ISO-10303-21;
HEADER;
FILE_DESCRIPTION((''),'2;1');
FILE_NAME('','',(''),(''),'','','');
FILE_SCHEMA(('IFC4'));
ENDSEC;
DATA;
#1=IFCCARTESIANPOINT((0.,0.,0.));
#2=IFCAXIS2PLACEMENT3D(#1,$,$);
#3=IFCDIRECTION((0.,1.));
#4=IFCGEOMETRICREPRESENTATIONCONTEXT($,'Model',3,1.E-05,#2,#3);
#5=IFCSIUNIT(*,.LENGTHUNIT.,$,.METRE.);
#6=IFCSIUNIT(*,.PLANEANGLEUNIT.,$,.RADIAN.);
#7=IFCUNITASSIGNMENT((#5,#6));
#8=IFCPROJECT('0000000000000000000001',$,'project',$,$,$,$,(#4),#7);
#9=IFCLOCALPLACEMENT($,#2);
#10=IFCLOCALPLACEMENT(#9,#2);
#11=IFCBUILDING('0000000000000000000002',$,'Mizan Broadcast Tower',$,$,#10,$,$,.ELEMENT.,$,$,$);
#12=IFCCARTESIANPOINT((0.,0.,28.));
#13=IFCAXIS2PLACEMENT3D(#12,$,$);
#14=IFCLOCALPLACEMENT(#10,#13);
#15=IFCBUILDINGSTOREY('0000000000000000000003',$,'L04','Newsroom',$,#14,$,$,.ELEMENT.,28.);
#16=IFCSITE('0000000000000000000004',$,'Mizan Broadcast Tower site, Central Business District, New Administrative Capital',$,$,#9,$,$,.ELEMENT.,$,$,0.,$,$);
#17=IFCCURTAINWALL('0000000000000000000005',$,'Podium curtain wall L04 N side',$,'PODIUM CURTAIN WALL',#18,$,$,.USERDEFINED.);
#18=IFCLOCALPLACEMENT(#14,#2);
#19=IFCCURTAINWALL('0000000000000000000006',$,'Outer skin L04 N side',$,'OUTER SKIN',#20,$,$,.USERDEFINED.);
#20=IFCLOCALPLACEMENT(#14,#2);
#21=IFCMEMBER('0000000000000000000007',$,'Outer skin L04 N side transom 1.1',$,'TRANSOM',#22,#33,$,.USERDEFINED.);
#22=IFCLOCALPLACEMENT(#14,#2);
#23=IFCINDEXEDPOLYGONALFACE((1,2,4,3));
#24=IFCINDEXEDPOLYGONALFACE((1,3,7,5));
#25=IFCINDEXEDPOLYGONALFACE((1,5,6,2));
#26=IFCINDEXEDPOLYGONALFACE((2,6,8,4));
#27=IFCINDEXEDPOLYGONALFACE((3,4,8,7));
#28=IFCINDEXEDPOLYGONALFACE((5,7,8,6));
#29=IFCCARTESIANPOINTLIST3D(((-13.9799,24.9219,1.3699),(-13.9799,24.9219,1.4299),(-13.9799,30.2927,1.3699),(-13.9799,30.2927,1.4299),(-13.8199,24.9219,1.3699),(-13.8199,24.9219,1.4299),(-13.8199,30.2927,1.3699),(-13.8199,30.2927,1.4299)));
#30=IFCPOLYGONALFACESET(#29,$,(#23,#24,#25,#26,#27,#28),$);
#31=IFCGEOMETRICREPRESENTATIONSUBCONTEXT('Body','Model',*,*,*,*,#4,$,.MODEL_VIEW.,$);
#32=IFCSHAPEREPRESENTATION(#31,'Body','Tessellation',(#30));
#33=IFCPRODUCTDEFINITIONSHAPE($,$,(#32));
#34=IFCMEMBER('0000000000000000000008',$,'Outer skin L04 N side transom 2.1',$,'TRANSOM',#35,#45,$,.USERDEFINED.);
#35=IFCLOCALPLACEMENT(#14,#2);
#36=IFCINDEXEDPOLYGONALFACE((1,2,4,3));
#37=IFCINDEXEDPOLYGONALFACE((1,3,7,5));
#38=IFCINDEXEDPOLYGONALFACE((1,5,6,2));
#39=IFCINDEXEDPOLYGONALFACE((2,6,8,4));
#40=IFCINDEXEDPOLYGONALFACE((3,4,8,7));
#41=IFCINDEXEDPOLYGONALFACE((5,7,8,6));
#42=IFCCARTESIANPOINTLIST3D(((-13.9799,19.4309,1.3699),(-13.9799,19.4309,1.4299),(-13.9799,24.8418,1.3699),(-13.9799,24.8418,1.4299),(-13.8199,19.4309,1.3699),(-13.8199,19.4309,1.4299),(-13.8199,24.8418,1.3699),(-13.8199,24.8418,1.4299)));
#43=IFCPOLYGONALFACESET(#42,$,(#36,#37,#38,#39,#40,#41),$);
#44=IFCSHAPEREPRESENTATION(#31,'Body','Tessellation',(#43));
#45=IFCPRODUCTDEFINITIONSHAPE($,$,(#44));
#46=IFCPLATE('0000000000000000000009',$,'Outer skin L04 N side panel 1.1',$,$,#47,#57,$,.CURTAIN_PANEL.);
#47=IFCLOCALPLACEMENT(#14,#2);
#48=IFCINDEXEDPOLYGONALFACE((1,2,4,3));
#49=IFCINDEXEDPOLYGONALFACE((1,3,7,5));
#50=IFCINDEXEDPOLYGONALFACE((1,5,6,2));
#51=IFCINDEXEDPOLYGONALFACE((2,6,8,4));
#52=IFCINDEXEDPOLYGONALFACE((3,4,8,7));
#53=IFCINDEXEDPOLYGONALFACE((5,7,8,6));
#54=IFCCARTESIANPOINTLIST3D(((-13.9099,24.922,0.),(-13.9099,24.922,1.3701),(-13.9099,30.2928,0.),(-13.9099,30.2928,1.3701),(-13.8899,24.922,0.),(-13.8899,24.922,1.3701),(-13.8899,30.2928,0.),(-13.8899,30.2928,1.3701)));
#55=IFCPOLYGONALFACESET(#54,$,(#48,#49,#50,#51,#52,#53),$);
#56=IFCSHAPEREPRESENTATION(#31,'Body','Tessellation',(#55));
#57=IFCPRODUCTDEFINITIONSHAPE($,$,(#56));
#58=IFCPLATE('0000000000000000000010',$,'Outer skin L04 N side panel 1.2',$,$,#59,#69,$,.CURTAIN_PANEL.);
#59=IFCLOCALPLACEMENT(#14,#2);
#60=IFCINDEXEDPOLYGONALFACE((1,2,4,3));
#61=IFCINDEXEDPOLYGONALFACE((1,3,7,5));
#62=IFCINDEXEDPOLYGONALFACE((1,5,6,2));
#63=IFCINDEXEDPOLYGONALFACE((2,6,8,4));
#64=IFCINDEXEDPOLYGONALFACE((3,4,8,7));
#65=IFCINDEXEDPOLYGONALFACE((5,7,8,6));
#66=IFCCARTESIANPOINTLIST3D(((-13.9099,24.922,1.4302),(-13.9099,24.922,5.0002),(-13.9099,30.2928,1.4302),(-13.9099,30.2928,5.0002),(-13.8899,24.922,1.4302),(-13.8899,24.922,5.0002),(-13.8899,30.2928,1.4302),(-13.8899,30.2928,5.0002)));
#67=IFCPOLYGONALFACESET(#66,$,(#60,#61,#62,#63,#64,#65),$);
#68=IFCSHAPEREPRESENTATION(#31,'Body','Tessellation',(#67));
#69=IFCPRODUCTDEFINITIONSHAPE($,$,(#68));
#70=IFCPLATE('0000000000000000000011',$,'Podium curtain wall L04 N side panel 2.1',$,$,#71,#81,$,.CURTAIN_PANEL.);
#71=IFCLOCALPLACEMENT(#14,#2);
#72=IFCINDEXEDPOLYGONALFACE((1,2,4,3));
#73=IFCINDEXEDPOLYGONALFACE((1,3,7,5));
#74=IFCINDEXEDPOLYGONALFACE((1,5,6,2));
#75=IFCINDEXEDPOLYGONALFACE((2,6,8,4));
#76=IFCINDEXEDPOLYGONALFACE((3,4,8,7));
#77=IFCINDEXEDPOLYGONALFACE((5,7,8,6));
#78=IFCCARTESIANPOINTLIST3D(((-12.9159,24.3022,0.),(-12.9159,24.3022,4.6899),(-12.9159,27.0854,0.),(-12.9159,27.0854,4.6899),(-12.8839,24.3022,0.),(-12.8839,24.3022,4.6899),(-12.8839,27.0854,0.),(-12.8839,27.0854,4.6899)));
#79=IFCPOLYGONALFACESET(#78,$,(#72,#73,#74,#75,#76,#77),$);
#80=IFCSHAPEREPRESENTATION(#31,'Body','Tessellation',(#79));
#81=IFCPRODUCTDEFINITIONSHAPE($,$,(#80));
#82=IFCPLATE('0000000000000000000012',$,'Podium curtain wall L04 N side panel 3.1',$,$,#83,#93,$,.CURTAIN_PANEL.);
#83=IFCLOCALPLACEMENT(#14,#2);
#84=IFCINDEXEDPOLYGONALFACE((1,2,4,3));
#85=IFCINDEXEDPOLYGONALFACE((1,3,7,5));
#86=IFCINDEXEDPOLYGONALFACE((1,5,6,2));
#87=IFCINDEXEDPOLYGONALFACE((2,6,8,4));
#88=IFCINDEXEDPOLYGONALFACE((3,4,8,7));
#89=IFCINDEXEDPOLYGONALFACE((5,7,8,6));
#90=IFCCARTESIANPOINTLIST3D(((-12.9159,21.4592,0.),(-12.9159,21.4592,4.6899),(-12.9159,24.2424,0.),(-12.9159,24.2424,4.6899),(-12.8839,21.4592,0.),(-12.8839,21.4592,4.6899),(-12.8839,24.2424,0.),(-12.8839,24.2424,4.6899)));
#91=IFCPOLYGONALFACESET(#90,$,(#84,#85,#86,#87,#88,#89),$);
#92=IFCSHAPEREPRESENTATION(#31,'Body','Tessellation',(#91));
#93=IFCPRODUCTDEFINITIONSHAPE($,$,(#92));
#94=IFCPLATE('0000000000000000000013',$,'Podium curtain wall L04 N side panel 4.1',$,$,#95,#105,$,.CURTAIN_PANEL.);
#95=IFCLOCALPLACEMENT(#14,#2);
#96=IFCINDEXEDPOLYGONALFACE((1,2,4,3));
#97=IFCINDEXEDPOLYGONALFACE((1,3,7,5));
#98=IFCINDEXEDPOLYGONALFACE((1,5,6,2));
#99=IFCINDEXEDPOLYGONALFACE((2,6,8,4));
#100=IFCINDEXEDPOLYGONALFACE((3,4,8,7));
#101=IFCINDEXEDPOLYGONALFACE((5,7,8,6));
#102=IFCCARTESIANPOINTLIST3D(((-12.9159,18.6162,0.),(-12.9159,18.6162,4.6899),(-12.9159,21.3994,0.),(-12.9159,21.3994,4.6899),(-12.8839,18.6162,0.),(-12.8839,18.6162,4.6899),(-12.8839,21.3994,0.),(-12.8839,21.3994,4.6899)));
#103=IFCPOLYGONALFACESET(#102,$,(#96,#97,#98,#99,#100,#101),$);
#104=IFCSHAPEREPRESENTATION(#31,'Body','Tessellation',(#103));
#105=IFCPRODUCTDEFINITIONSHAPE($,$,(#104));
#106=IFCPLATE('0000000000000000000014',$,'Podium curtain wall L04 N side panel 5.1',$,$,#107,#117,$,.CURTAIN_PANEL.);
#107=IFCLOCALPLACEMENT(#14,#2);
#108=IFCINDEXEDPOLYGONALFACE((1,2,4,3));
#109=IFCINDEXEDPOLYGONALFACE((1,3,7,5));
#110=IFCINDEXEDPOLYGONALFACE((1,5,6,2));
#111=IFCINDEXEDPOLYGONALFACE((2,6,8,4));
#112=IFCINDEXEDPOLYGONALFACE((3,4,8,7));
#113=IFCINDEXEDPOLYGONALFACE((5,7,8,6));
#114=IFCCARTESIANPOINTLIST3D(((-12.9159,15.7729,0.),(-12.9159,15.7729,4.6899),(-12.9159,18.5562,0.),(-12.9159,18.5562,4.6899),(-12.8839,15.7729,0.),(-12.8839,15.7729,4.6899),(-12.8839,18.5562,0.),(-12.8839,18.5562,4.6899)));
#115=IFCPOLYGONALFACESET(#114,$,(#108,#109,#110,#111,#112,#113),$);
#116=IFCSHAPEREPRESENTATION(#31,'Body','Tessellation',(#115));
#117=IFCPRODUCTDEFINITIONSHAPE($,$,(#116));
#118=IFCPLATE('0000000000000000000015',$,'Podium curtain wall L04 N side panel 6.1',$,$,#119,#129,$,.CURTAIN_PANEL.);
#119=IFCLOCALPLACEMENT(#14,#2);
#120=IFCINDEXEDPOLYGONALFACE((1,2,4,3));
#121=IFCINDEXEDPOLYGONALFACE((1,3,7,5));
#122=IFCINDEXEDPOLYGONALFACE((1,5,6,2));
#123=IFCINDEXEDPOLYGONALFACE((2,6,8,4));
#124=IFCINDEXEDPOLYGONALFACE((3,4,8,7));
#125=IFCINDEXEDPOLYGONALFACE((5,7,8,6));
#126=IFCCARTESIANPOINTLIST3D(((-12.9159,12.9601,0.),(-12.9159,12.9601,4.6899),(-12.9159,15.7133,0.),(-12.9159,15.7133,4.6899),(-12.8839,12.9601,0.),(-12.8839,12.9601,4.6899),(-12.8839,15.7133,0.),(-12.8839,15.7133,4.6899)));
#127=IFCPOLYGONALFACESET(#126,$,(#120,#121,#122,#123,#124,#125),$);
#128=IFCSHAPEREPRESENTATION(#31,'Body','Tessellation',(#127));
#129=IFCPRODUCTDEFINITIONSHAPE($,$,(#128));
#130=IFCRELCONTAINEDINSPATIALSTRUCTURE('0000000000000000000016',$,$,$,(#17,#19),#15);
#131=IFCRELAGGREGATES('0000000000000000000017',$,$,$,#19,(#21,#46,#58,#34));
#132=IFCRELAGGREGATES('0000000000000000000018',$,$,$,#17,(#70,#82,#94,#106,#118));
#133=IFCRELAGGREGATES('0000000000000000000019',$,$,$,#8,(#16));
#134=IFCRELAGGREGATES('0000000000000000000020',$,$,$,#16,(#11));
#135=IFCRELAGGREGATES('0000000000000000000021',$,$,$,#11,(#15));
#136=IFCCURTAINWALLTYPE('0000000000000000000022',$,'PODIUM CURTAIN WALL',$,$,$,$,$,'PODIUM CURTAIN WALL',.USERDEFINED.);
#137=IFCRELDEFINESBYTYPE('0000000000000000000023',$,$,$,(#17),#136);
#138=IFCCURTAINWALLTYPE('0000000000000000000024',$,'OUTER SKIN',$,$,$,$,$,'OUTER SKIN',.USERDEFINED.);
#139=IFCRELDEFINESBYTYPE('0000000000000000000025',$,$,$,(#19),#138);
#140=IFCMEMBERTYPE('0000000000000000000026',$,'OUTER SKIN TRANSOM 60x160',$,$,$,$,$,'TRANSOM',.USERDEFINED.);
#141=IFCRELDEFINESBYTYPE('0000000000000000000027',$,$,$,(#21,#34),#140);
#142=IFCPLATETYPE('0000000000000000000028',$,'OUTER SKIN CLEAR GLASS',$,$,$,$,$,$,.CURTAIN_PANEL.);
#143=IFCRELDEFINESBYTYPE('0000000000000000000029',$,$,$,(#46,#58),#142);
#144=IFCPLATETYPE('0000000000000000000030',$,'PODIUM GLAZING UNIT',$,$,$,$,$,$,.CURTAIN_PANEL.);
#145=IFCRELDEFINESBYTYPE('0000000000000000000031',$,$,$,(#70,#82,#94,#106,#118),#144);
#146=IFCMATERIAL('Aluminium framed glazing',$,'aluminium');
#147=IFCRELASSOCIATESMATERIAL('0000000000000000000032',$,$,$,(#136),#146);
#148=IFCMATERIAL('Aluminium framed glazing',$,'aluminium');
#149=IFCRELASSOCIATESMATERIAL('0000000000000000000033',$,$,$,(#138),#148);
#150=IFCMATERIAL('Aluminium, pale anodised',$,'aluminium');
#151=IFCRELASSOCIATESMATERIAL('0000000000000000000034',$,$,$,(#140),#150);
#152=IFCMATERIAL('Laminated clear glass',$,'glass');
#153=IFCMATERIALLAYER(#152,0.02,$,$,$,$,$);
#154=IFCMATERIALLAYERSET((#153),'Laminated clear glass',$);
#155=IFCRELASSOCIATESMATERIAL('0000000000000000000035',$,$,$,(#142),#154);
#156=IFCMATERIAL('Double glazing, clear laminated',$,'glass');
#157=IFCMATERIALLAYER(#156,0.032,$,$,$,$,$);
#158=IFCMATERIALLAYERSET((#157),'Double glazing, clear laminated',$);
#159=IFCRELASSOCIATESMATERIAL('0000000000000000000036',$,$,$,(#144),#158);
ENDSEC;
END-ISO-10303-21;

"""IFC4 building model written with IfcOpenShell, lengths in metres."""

from ifc_helpers import new_model, si_unit, direction, frame, origin, origin_2d, place, context, subcontext, project, spatial, rectangle, extrude, material, layer, layer_set, material_profile, profile_set, type_object, element, aggregate, save


model = new_model("IFC4")

# Units and contexts
model_context = context("Model", 3, precision=1e-05, world=origin(), true_north=direction((0.0, 1.0)))
body_context = subcontext(model_context, "Body", "Model", "MODEL_VIEW")
ifc_project = project(units=[si_unit("LENGTHUNIT", "METRE"), si_unit("PLANEANGLEUNIT", "RADIAN")], contexts=[model_context])

# Site, building, storey
site_placement = place(None, origin())
site = spatial("IfcSite", under=ifc_project, at=site_placement, Name="Mizan Broadcast Tower site, Central Business District, New Administrative Capital", CompositionType="ELEMENT", RefElevation=0.0)
building_placement = place(site_placement, origin())
building = spatial("IfcBuilding", under=site, at=building_placement, Name="Mizan Broadcast Tower", CompositionType="ELEMENT")
storey_placement = place(building_placement, frame((0.0, 0.0, 28.0)))
storey = spatial("IfcBuildingStorey", under=building, at=storey_placement, Name="L04", Description="Newsroom", CompositionType="ELEMENT", Elevation=28.0)

# Curtain wall
ifc_material_1 = material(Name="Aluminium framed glazing", Category="aluminium")
curtain_wall_type_1 = type_object("IfcCurtainWallType", Name="PODIUM CURTAIN WALL", ElementType="PODIUM CURTAIN WALL", PredefinedType="USERDEFINED", material=ifc_material_1)
curtain_wall_1_placement = place(storey_placement, origin())
curtain_wall_1 = element("IfcCurtainWall", 1, at=curtain_wall_1_placement, inside=storey, type_object=curtain_wall_type_1, Name="Podium curtain wall L04 N side", ObjectType="PODIUM CURTAIN WALL", PredefinedType="USERDEFINED")

# Shared definitions
ifc_material_2 = material(Name="Aluminium framed glazing", Category="aluminium")
curtain_wall_type_2 = type_object("IfcCurtainWallType", Name="OUTER SKIN", ElementType="OUTER SKIN", PredefinedType="USERDEFINED", material=ifc_material_2)

# Curtain wall, members, plates
curtain_wall_2_placement = place(storey_placement, origin())
curtain_wall_2 = element("IfcCurtainWall", 2, at=curtain_wall_2_placement, inside=storey, type_object=curtain_wall_type_2, Name="Outer skin L04 N side", ObjectType="OUTER SKIN", PredefinedType="USERDEFINED")
ifc_material_3 = material(Name="Aluminium, pale anodised", Category="aluminium")
ifc_material_profile_1 = material_profile(ifc_material_3, rectangle(XDim=0.1599, YDim=0.0601, at=origin_2d()), Name="TRANSOM 160x60")
ifc_profile_set_1 = profile_set([ifc_material_profile_1], Name="Aluminium, pale anodised")
member_type_1 = type_object("IfcMemberType", Name="OUTER SKIN TRANSOM 60x160", ElementType="TRANSOM", PredefinedType="USERDEFINED", material=ifc_profile_set_1)
member_1_placement = place(storey_placement, frame((-13.8999, 30.2927, 1.3999), z_axis=(0.0, -1.0, 0.0), x_axis=(1.0, 0.0, 0.0)))
member_1 = element("IfcMember", 3, at=member_1_placement, type_object=member_type_1, Name="Outer skin L04 N side transom 1.1", ObjectType="TRANSOM", PredefinedType="USERDEFINED", context=body_context, shape_type="SweptSolid", body=[
    extrude(rectangle(XDim=0.1599, YDim=0.0601, at=origin_2d()), origin(), (0.0, 0.0, 1.0), 5.3708),
])
member_2_placement = place(storey_placement, frame((-13.8999, 24.8418, 1.3999), z_axis=(0.0, -1.0, 0.0), x_axis=(1.0, 0.0, 0.0)))
member_2 = element("IfcMember", 4, at=member_2_placement, type_object=member_type_1, Name="Outer skin L04 N side transom 2.1", ObjectType="TRANSOM", PredefinedType="USERDEFINED", context=body_context, shape_type="SweptSolid", body=[
    extrude(rectangle(XDim=0.1599, YDim=0.0601, at=origin_2d()), origin(), (0.0, 0.0, 1.0), 5.4109),
])
ifc_material_4 = material(Name="Laminated clear glass", Category="glass")
ifc_layer_1 = layer(ifc_material_4, 0.02)
ifc_layer_set_1 = layer_set([ifc_layer_1], Name="Laminated clear glass")
plate_type_1 = type_object("IfcPlateType", Name="OUTER SKIN CLEAR GLASS", PredefinedType="CURTAIN_PANEL", material=ifc_layer_set_1)
plate_1_placement = place(storey_placement, frame((-13.8999, 27.6074, 0.0), z_axis=(0.0, 0.0, 1.0), x_axis=(0.0, -1.0, 0.0)))
plate_1 = element("IfcPlate", 5, at=plate_1_placement, type_object=plate_type_1, Name="Outer skin L04 N side panel 1.1", PredefinedType="CURTAIN_PANEL", context=body_context, shape_type="SweptSolid", body=[
    extrude(rectangle(XDim=5.3708, YDim=0.02, at=origin_2d()), origin(), (0.0, 0.0, 1.0), 1.3701),
])
plate_2_placement = place(storey_placement, frame((-13.8999, 27.6074, 1.4302), z_axis=(0.0, 0.0, 1.0), x_axis=(0.0, -1.0, 0.0)))
plate_2 = element("IfcPlate", 6, at=plate_2_placement, type_object=plate_type_1, Name="Outer skin L04 N side panel 1.2", PredefinedType="CURTAIN_PANEL", context=body_context, shape_type="SweptSolid", body=[
    extrude(rectangle(XDim=5.3708, YDim=0.02, at=origin_2d()), origin(), (0.0, 0.0, 1.0), 3.5701),
])
aggregate(curtain_wall_2, [member_1, plate_1, plate_2, member_2])

# Plates
ifc_material_5 = material(Name="Double glazing, clear laminated", Category="glass")
ifc_layer_2 = layer(ifc_material_5, 0.032)
ifc_layer_set_2 = layer_set([ifc_layer_2], Name="Double glazing, clear laminated")
plate_type_2 = type_object("IfcPlateType", Name="PODIUM GLAZING UNIT", PredefinedType="CURTAIN_PANEL", material=ifc_layer_set_2)
plate_3_placement = place(storey_placement, frame((-12.8999, 25.6938, 0.0), z_axis=(0.0, 0.0, 1.0), x_axis=(0.0, -1.0, 0.0)))
plate_3 = element("IfcPlate", 7, at=plate_3_placement, type_object=plate_type_2, Name="Podium curtain wall L04 N side panel 2.1", PredefinedType="CURTAIN_PANEL", context=body_context, shape_type="SweptSolid", body=[
    extrude(rectangle(XDim=2.7832, YDim=0.032, at=origin_2d()), origin(), (0.0, 0.0, 1.0), 4.6899),
])
plate_4_placement = place(storey_placement, frame((-12.8999, 22.8508, 0.0), z_axis=(0.0, 0.0, 1.0), x_axis=(0.0, -1.0, 0.0)))
plate_4 = element("IfcPlate", 8, at=plate_4_placement, type_object=plate_type_2, Name="Podium curtain wall L04 N side panel 3.1", PredefinedType="CURTAIN_PANEL", context=body_context, shape_type="SweptSolid", body=[
    extrude(rectangle(XDim=2.7832, YDim=0.032, at=origin_2d()), origin(), (0.0, 0.0, 1.0), 4.6899),
])
plate_5_placement = place(storey_placement, frame((-12.8999, 20.0078, 0.0), z_axis=(0.0, 0.0, 1.0), x_axis=(0.0, -1.0, 0.0)))
plate_5 = element("IfcPlate", 9, at=plate_5_placement, type_object=plate_type_2, Name="Podium curtain wall L04 N side panel 4.1", PredefinedType="CURTAIN_PANEL", context=body_context, shape_type="SweptSolid", body=[
    extrude(rectangle(XDim=2.7832, YDim=0.032, at=origin_2d()), origin(), (0.0, 0.0, 1.0), 4.6899),
])
plate_6_placement = place(storey_placement, frame((-12.8999, 17.1646, 0.0), z_axis=(0.0, 0.0, 1.0), x_axis=(0.0, -1.0, 0.0)))
plate_6 = element("IfcPlate", 10, at=plate_6_placement, type_object=plate_type_2, Name="Podium curtain wall L04 N side panel 5.1", PredefinedType="CURTAIN_PANEL", context=body_context, shape_type="SweptSolid", body=[
    extrude(rectangle(XDim=2.7832, YDim=0.032, at=origin_2d()), origin(), (0.0, 0.0, 1.0), 4.6899),
])
plate_7_placement = place(storey_placement, frame((-12.8999, 14.3367, 0.0), z_axis=(0.0, 0.0, 1.0), x_axis=(0.0, -1.0, 0.0)))
plate_7 = element("IfcPlate", 11, at=plate_7_placement, type_object=plate_type_2, Name="Podium curtain wall L04 N side panel 6.1", PredefinedType="CURTAIN_PANEL", context=body_context, shape_type="SweptSolid", body=[
    extrude(rectangle(XDim=2.7532, YDim=0.032, at=origin_2d()), origin(), (0.0, 0.0, 1.0), 4.6899),
])
aggregate(curtain_wall_1, [plate_3, plate_4, plate_5, plate_6, plate_7])

save(model, "model.ifc")
